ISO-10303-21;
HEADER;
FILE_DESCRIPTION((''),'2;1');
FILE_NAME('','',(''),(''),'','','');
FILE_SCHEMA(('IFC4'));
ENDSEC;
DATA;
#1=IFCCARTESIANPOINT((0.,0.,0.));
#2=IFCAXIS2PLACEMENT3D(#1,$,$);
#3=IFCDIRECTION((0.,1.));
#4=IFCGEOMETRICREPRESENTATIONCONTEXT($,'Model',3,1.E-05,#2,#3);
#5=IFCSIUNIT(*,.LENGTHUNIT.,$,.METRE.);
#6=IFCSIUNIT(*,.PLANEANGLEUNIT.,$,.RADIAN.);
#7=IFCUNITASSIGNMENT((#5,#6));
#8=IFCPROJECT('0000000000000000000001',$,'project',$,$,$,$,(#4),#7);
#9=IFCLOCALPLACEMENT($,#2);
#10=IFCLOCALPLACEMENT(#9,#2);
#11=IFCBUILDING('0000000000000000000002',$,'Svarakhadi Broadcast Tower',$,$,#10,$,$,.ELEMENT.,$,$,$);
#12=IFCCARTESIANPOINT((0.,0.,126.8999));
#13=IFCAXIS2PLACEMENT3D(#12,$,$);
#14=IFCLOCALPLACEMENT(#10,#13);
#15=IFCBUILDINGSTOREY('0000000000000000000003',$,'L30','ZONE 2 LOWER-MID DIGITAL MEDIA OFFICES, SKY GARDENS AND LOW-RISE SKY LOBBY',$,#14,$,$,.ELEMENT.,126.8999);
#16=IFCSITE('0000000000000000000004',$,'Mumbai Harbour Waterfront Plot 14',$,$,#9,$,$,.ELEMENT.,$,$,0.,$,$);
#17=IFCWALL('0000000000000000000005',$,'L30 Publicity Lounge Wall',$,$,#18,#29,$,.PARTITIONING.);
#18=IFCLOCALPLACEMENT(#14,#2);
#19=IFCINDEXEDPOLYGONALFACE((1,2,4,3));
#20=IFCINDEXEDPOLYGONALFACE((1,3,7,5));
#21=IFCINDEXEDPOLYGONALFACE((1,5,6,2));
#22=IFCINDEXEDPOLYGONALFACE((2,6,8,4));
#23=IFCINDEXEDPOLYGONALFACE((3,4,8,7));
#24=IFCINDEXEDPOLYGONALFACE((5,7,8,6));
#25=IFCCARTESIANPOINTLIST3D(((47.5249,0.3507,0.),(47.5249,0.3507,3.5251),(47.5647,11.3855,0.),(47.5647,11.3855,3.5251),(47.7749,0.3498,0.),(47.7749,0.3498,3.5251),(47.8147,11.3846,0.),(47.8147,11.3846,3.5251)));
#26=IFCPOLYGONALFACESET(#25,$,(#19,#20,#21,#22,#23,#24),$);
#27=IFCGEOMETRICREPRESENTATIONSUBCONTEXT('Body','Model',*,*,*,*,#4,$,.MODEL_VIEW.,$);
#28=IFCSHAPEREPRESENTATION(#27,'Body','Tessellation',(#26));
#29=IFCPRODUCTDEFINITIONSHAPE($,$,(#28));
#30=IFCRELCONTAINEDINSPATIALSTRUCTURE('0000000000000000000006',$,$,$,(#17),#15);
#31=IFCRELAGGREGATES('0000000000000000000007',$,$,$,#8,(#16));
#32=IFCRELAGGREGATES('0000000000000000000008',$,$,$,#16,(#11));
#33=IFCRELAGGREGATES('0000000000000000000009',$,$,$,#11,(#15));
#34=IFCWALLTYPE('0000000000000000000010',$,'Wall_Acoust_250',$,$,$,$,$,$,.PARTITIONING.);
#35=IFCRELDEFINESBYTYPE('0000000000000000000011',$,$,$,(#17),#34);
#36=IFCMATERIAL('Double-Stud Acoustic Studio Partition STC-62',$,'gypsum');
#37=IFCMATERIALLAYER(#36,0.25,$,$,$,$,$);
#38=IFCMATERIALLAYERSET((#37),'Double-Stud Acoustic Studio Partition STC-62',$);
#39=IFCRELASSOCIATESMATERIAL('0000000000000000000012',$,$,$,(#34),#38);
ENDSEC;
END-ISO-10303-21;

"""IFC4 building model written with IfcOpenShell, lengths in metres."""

from ifc_helpers import new_model, si_unit, direction, frame, frame_2d, origin, place, context, subcontext, project, spatial, rectangle, extrude, material, layer, layer_set, type_object, element, save


model = new_model("IFC4")

# Units and contexts
model_context = context("Model", 3, precision=1e-05, world=origin(), true_north=direction((0.0, 1.0)))
body_context = subcontext(model_context, "Body", "Model", "MODEL_VIEW")
ifc_project = project(units=[si_unit("LENGTHUNIT", "METRE"), si_unit("PLANEANGLEUNIT", "RADIAN")], contexts=[model_context])

# Site, building, storey
site_placement = place(None, origin())
site = spatial("IfcSite", under=ifc_project, at=site_placement, Name="Mumbai Harbour Waterfront Plot 14", CompositionType="ELEMENT", RefElevation=0.0)
building_placement = place(site_placement, origin())
building = spatial("IfcBuilding", under=site, at=building_placement, Name="Svarakhadi Broadcast Tower", CompositionType="ELEMENT")
storey_placement = place(building_placement, frame((0.0, 0.0, 126.8999)))
storey = spatial("IfcBuildingStorey", under=building, at=storey_placement, Name="L30", Description="ZONE 2 LOWER-MID DIGITAL MEDIA OFFICES, SKY GARDENS AND LOW-RISE SKY LOBBY", CompositionType="ELEMENT", Elevation=126.8999)

# Wall
ifc_material_1 = material(Name="Double-Stud Acoustic Studio Partition STC-62", Category="gypsum")
ifc_layer_1 = layer(ifc_material_1, 0.25)
ifc_layer_set_1 = layer_set([ifc_layer_1], Name="Double-Stud Acoustic Studio Partition STC-62")
wall_type = type_object("IfcWallType", Name="Wall_Acoust_250", PredefinedType="PARTITIONING", material=ifc_layer_set_1)
wall_1_placement = place(storey_placement, frame((47.6499, 0.3501, 0.0), z_axis=(0.0, 0.0, 1.0), x_axis=(0.003606, 0.999993, 0.0)))
element("IfcWall", 1, at=wall_1_placement, inside=storey, type_object=wall_type, Name="L30 Publicity Lounge Wall", PredefinedType="PARTITIONING", context=body_context, shape_type="SweptSolid", body=[
    extrude(rectangle(XDim=11.0349, YDim=0.25, at=frame_2d((5.5176, 0.0))), origin(), (0.0, 0.0, 1.0), 3.5251),
])

save(model, "model.ifc")
